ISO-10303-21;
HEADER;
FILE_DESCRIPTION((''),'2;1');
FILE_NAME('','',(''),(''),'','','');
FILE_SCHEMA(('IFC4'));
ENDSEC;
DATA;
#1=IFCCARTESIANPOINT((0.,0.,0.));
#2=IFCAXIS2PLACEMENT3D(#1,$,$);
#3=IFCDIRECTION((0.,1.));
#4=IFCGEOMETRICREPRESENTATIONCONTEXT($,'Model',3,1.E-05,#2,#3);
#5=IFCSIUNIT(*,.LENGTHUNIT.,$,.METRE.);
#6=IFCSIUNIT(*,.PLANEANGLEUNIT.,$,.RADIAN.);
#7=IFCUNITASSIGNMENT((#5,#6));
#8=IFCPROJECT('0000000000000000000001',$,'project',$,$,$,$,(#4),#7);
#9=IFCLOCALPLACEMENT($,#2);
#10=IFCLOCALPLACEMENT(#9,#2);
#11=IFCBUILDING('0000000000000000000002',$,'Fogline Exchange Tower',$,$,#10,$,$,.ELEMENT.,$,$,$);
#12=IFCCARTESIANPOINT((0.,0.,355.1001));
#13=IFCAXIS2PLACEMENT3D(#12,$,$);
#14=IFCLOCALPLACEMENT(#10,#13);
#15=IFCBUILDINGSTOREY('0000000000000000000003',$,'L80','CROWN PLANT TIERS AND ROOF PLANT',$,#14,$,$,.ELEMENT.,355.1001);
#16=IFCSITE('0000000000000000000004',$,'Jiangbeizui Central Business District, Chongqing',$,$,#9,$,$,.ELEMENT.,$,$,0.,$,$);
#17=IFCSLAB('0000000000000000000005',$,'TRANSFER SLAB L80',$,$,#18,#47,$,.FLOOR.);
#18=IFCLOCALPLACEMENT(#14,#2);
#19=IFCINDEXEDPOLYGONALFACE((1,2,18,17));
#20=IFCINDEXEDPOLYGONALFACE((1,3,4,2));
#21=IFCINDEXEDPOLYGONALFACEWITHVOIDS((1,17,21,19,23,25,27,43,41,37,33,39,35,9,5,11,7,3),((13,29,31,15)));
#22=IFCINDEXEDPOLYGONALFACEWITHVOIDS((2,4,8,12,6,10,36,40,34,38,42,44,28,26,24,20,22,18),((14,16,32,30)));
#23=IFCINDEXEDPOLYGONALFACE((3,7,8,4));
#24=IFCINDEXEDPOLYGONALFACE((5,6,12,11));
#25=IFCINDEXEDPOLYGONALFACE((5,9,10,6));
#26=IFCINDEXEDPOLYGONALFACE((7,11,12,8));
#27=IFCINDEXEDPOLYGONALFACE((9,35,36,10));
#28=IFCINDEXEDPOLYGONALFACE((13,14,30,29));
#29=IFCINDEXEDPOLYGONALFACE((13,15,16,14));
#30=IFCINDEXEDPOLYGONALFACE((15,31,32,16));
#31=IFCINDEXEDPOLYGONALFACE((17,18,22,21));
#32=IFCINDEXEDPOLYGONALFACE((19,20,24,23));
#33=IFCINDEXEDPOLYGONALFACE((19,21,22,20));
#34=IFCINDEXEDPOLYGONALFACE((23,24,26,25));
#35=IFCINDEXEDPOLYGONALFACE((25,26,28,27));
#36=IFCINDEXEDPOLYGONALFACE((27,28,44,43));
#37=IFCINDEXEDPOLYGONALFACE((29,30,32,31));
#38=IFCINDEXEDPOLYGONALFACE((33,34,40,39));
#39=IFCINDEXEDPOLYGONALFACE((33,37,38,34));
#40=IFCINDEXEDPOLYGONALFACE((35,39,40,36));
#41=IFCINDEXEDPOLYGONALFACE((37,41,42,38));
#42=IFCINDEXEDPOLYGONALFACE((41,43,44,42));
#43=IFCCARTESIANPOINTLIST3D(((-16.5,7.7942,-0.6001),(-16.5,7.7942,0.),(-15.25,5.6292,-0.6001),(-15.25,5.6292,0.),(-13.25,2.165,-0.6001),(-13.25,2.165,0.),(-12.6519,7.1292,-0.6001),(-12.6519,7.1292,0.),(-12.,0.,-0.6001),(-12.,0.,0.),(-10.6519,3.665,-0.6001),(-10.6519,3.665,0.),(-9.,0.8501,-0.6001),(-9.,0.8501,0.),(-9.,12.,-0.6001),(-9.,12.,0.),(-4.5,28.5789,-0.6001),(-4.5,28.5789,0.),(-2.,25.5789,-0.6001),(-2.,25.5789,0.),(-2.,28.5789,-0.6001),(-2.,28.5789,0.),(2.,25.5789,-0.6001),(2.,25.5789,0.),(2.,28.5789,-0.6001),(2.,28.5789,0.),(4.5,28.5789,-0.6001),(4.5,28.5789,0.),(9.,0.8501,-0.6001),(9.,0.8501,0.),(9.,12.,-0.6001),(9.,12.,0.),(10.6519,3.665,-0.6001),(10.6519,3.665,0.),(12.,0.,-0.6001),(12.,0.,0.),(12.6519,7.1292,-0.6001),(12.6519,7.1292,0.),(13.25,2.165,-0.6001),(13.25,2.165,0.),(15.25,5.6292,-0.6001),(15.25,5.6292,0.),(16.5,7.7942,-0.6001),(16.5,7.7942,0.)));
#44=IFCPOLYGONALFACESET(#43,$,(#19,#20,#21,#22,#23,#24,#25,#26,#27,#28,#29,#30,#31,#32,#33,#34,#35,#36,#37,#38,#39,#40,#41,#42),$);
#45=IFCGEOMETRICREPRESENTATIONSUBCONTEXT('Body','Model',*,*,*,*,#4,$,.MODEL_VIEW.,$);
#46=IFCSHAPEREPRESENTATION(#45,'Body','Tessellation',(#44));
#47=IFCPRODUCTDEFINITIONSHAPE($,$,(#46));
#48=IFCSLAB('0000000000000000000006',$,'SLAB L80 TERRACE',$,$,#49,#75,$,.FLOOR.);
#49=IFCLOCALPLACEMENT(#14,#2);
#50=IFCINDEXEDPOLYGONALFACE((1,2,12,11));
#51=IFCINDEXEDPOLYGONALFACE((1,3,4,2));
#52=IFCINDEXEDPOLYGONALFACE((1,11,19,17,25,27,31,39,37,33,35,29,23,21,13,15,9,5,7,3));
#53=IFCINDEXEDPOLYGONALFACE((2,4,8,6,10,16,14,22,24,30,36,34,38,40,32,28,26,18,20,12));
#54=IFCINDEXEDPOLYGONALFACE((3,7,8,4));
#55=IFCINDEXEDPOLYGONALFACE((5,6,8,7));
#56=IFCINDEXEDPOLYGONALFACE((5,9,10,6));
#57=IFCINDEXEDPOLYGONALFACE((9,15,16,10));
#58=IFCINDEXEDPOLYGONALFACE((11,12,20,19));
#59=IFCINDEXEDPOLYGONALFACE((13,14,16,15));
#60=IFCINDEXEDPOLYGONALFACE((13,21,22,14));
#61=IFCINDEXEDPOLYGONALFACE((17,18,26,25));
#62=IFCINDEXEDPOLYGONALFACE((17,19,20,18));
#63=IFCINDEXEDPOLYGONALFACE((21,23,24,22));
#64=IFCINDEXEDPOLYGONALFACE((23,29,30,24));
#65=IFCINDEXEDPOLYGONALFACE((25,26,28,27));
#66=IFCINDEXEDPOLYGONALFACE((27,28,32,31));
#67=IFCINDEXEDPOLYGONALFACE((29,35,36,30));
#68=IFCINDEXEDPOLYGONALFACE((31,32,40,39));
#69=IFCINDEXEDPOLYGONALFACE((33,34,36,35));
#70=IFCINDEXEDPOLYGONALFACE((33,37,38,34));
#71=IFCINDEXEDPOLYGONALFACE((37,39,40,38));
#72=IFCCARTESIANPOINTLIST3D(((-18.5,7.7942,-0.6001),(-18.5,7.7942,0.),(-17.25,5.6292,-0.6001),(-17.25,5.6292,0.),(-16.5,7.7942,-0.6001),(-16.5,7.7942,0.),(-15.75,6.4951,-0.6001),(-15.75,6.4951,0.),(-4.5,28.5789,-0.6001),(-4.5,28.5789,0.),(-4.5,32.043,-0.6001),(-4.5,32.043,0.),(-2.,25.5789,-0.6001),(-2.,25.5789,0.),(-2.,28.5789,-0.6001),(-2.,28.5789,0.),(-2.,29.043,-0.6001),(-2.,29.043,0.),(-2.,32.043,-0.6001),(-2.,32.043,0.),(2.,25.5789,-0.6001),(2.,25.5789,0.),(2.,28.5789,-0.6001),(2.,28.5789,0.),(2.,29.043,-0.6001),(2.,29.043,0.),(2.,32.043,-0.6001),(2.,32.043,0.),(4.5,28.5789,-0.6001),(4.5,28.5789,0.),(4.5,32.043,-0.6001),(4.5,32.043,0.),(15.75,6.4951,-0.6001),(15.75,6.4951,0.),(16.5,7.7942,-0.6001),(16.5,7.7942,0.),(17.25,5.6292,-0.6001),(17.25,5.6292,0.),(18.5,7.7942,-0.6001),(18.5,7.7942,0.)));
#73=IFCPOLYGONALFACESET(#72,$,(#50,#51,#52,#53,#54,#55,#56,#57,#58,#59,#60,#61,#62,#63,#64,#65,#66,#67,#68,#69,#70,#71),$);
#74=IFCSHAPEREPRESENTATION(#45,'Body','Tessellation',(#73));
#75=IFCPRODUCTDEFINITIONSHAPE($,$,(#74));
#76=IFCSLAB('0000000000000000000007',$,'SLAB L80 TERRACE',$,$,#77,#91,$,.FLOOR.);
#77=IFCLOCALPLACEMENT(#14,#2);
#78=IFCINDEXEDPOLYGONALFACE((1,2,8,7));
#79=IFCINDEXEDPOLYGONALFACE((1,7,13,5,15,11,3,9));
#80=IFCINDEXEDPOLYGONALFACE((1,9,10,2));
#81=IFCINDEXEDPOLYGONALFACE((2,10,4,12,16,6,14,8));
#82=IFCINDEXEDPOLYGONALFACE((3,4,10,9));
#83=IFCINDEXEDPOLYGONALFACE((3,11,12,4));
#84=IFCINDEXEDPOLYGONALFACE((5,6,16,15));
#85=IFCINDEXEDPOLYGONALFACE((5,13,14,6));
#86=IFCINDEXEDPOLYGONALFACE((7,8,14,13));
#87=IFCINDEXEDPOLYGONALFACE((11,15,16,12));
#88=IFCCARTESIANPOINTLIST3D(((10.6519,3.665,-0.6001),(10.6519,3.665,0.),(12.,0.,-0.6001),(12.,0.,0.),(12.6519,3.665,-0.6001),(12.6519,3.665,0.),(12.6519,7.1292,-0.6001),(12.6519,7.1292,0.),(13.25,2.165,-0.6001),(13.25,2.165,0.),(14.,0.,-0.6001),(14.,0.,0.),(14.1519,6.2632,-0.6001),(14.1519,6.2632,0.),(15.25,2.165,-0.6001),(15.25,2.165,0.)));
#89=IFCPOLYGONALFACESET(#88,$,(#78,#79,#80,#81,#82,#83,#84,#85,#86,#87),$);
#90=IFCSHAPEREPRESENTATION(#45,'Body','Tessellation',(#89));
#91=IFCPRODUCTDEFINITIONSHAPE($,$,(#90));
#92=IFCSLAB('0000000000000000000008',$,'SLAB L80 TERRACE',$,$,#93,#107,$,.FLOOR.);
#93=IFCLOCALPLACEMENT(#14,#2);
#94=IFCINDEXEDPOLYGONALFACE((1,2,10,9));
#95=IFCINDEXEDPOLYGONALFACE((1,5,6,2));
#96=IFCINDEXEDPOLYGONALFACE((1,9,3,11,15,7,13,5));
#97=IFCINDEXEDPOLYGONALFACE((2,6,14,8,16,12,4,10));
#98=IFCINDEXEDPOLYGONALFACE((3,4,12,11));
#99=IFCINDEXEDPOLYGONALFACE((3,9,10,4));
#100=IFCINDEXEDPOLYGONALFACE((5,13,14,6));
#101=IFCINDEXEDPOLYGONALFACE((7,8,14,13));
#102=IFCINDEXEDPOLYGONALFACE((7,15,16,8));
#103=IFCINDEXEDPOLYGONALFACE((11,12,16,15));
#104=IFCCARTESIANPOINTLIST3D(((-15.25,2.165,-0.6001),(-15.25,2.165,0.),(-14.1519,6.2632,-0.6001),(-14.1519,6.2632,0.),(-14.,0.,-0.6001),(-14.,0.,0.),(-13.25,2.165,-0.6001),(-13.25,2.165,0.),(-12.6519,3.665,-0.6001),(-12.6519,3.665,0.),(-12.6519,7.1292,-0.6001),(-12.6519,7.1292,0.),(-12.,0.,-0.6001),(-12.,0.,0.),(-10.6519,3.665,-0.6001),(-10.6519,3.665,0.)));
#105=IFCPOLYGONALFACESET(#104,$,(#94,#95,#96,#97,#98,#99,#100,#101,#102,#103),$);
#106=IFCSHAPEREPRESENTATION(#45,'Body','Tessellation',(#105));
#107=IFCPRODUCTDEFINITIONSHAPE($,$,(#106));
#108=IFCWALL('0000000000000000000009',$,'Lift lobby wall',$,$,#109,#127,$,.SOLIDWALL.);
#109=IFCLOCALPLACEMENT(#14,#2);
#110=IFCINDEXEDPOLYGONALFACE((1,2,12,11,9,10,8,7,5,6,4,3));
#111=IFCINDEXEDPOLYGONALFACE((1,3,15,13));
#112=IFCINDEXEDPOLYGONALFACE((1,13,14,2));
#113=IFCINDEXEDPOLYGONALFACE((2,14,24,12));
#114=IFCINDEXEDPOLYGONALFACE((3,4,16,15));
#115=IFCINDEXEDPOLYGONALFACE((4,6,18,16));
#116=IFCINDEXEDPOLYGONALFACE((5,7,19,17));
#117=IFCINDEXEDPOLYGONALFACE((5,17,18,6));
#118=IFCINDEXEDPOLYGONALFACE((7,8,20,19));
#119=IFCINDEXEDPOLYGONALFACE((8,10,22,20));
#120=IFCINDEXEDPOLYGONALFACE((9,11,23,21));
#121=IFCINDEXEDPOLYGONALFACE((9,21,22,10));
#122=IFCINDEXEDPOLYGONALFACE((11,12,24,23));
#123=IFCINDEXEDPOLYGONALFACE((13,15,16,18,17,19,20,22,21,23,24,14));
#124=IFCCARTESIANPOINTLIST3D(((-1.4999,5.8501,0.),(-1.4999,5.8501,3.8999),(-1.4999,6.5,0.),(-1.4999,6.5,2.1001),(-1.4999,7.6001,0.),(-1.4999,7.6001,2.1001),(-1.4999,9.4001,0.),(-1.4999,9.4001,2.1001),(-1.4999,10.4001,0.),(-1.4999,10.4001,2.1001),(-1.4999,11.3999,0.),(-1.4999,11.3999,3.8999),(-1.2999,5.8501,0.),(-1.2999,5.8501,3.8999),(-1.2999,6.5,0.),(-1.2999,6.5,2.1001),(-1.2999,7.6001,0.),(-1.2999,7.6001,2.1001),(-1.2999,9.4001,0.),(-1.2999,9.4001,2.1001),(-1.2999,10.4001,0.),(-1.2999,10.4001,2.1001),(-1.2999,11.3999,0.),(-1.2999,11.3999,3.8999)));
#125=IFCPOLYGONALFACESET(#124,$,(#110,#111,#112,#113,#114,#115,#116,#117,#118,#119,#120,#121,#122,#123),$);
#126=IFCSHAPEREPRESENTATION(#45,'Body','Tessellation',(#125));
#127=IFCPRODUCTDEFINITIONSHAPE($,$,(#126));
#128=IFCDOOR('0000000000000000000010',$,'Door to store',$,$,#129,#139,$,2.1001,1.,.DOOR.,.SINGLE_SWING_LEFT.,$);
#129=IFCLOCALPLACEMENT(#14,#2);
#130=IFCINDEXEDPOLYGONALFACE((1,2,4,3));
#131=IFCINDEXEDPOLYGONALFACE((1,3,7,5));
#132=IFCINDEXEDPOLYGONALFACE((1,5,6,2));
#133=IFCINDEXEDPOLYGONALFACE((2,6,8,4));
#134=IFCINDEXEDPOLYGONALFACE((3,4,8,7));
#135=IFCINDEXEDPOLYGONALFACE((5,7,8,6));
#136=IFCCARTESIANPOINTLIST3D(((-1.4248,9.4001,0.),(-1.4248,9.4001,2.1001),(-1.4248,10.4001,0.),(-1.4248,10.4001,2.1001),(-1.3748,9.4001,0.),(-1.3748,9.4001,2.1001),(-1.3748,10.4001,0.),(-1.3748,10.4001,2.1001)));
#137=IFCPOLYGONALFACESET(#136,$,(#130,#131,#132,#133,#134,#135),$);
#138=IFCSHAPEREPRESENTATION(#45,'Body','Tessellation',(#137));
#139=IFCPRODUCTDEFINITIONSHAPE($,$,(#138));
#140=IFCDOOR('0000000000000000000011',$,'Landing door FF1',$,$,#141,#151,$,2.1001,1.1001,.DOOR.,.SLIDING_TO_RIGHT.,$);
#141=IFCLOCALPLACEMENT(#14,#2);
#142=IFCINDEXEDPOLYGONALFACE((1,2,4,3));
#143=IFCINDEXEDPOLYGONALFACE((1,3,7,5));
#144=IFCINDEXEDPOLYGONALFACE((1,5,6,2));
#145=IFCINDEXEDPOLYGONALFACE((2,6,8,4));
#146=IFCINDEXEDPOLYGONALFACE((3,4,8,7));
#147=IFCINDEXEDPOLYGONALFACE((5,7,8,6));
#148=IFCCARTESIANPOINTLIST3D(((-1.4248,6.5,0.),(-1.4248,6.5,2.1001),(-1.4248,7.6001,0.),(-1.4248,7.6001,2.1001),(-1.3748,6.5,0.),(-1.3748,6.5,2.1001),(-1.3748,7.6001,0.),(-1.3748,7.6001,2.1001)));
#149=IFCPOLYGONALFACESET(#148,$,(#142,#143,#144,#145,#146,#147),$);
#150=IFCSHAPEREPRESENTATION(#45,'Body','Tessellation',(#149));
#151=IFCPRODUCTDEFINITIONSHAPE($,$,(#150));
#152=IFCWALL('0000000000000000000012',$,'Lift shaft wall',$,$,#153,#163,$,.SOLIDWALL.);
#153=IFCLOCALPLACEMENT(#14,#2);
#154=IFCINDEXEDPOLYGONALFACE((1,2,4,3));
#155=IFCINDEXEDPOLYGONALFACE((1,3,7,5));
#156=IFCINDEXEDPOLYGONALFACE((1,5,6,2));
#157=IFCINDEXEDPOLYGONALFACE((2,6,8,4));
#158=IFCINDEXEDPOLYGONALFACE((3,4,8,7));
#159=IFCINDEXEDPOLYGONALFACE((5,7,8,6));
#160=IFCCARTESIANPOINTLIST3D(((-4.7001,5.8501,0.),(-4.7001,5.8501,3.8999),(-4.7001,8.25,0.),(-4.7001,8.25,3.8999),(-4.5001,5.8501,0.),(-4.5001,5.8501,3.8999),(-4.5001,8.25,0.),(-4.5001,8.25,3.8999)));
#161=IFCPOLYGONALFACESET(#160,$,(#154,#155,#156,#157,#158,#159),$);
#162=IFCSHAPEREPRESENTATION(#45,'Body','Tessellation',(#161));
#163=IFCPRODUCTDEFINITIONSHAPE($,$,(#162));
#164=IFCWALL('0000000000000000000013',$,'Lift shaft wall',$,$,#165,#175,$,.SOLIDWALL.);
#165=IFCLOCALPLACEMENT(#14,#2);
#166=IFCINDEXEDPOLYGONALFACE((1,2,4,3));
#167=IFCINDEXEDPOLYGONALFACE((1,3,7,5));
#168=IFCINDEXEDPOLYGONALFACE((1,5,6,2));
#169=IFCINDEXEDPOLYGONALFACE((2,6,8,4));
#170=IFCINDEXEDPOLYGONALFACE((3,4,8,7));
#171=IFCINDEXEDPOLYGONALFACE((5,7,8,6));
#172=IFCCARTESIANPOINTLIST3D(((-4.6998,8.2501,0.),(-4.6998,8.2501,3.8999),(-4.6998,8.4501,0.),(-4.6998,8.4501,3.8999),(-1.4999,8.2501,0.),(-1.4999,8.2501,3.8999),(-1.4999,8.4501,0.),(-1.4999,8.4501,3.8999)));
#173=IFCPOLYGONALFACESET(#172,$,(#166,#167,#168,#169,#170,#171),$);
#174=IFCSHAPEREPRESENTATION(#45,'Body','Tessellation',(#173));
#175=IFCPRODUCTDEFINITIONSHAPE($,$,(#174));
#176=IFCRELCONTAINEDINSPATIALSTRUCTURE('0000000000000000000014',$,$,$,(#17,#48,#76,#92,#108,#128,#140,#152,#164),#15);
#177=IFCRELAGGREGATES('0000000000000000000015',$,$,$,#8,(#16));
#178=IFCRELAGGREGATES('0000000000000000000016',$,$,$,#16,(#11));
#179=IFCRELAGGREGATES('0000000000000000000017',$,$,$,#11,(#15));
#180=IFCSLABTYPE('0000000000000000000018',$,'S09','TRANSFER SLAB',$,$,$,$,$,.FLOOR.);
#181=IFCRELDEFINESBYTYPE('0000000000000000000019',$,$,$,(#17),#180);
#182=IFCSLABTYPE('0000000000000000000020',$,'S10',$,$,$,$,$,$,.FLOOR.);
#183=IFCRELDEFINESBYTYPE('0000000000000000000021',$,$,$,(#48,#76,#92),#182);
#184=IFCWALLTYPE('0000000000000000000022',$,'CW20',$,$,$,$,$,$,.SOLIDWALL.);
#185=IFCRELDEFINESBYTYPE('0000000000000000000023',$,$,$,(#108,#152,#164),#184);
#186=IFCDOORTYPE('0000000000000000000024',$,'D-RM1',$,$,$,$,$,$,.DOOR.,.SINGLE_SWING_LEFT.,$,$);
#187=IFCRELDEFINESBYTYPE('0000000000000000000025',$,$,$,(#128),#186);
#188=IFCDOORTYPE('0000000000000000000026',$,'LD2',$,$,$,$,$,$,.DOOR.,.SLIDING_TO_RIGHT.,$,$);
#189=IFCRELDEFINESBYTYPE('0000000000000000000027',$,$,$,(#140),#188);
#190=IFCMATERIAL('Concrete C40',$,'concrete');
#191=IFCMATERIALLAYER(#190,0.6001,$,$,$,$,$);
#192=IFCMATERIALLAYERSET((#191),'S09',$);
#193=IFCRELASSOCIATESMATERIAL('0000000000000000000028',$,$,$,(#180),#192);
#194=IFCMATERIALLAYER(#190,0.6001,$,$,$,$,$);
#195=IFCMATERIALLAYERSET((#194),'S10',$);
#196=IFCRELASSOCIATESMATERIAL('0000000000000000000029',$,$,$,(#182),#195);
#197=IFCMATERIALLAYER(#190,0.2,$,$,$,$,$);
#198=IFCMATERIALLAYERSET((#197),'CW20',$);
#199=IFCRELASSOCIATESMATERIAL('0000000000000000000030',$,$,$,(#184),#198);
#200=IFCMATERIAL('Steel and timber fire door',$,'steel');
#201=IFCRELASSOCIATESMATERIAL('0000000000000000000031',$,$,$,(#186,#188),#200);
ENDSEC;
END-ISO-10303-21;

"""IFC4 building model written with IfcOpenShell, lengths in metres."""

from ifc_helpers import new_model, si_unit, direction, frame, frame_2d, origin, place, context, subcontext, project, spatial, polyline, rectangle, outline, extrude, material, layer, layer_set, type_object, element, fill, save


model = new_model("IFC4")

# Units and contexts
model_context = context("Model", 3, precision=1e-05, world=origin(), true_north=direction((0.0, 1.0)))
body_context = subcontext(model_context, "Body", "Model", "MODEL_VIEW")
ifc_project = project(units=[si_unit("LENGTHUNIT", "METRE"), si_unit("PLANEANGLEUNIT", "RADIAN")], contexts=[model_context])

# Site, building, storey
site_placement = place(None, origin())
site = spatial("IfcSite", under=ifc_project, at=site_placement, Name="Jiangbeizui Central Business District, Chongqing", CompositionType="ELEMENT", RefElevation=0.0)
building_placement = place(site_placement, origin())
building = spatial("IfcBuilding", under=site, at=building_placement, Name="Fogline Exchange Tower", CompositionType="ELEMENT")
storey_placement = place(building_placement, frame((0.0, 0.0, 355.1001)))
storey = spatial("IfcBuildingStorey", under=building, at=storey_placement, Name="L80", Description="CROWN PLANT TIERS AND ROOF PLANT", CompositionType="ELEMENT", Elevation=355.1001)

# Slabs
ifc_material_1 = material(Name="Concrete C40", Category="concrete")
ifc_layer_1 = layer(ifc_material_1, 0.6001)
ifc_layer_set_1 = layer_set([ifc_layer_1], Name="S09")
slab_type_1 = type_object("IfcSlabType", Name="S09", Description="TRANSFER SLAB", PredefinedType="FLOOR", material=ifc_layer_set_1)
slab_1_placement = place(storey_placement, frame((0.0, 0.0, -0.6001)))
element("IfcSlab", 1, at=slab_1_placement, inside=storey, type_object=slab_type_1, Name="TRANSFER SLAB L80", PredefinedType="FLOOR", context=body_context, shape_type="SweptSolid", body=[
    extrude(outline(polyline([(-4.5, 28.5789), (-16.5, 7.7942), (-15.25, 5.6292), (-12.6519, 7.1292), (-10.6519, 3.665), (-13.25, 2.165), (-12.0, 0.0), (12.0, 0.0), (13.25, 2.165), (10.6519, 3.665), (12.6519, 7.1292), (15.25, 5.6292), (16.5, 7.7942), (4.5, 28.5789), (2.0, 28.5789), (2.0, 25.5789), (-2.0, 25.5789), (-2.0, 28.5789), (-4.5, 28.5789)]), holes=[polyline([(9.0, 0.8501), (-9.0, 0.8501), (-9.0, 12.0), (9.0, 12.0), (9.0, 0.8501)])]), origin(), (0.0, 0.0, 1.0), 0.6001),
])
ifc_layer_2 = layer(ifc_material_1, 0.6001)
ifc_layer_set_2 = layer_set([ifc_layer_2], Name="S10")
slab_type_2 = type_object("IfcSlabType", Name="S10", PredefinedType="FLOOR", material=ifc_layer_set_2)
slab_2_placement = place(storey_placement, frame((0.0, 0.0, -0.6001)))
element("IfcSlab", 2, at=slab_2_placement, inside=storey, type_object=slab_type_2, Name="SLAB L80 TERRACE", PredefinedType="FLOOR", context=body_context, shape_type="SweptSolid", body=[
    extrude(outline(polyline([(-17.25, 5.6292), (-15.75, 6.4951), (-16.5, 7.7942), (-4.5, 28.5789), (-2.0, 28.5789), (-2.0, 25.5789), (2.0, 25.5789), (2.0, 28.5789), (4.5, 28.5789), (16.5, 7.7942), (15.75, 6.4951), (17.25, 5.6292), (18.5, 7.7942), (4.5, 32.043), (2.0, 32.043), (2.0, 29.043), (-2.0, 29.043), (-2.0, 32.043), (-4.5, 32.043), (-18.5, 7.7942), (-17.25, 5.6292)])), origin(), (0.0, 0.0, 1.0), 0.6001),
])
slab_3_placement = place(storey_placement, frame((0.0, 0.0, -0.6001)))
element("IfcSlab", 3, at=slab_3_placement, inside=storey, type_object=slab_type_2, Name="SLAB L80 TERRACE", PredefinedType="FLOOR", context=body_context, shape_type="SweptSolid", body=[
    extrude(outline(polyline([(12.6519, 3.665), (14.1519, 6.2632), (12.6519, 7.1292), (10.6519, 3.665), (13.25, 2.165), (12.0, 0.0), (14.0, 0.0), (15.25, 2.165), (12.6519, 3.665)])), origin(), (0.0, 0.0, 1.0), 0.6001),
])
slab_4_placement = place(storey_placement, frame((0.0, 0.0, -0.6001)))
element("IfcSlab", 4, at=slab_4_placement, inside=storey, type_object=slab_type_2, Name="SLAB L80 TERRACE", PredefinedType="FLOOR", context=body_context, shape_type="SweptSolid", body=[
    extrude(outline(polyline([(-14.0, 0.0), (-12.0, 0.0), (-13.25, 2.165), (-10.6519, 3.665), (-12.6519, 7.1292), (-14.1519, 6.2632), (-12.6519, 3.665), (-15.25, 2.165), (-14.0, 0.0)])), origin(), (0.0, 0.0, 1.0), 0.6001),
])

# Wall, openings, doors
ifc_layer_3 = layer(ifc_material_1, 0.2)
ifc_layer_set_3 = layer_set([ifc_layer_3], Name="CW20")
wall_type_1 = type_object("IfcWallType", Name="CW20", PredefinedType="SOLIDWALL", material=ifc_layer_set_3)
wall_1_placement = place(storey_placement, frame((-1.3999, 5.8501, 0.0), z_axis=(0.0, 0.0, 1.0), x_axis=(0.0, 1.0, 0.0)))
wall_1 = element("IfcWall", 5, at=wall_1_placement, inside=storey, type_object=wall_type_1, Name="Lift lobby wall", PredefinedType="SOLIDWALL", context=body_context, shape_type="SweptSolid", body=[
    extrude(rectangle(XDim=5.5498, YDim=0.2, at=frame_2d((2.7749, 0.0))), origin(), (0.0, 0.0, 1.0), 3.8999),
])
opening_1_placement = place(wall_1_placement, frame((0.6499, 0.0, 0.0)))
opening_1 = element("IfcOpeningElement", 6, at=opening_1_placement, cuts=wall_1, PredefinedType="OPENING", context=body_context, shape_type="SweptSolid", body=[
    extrude(rectangle(XDim=1.1001, YDim=2.1001, at=frame_2d((0.55, 1.05))), frame((0.0, 0.1099, 0.0), z_axis=(0.0, -1.0, 0.0), x_axis=(1.0, 0.0, 0.0)), (0.0, 0.0, 1.0), 0.22),
])
opening_2_placement = place(wall_1_placement, frame((3.55, 0.0, 0.0)))
opening_2 = element("IfcOpeningElement", 7, at=opening_2_placement, cuts=wall_1, PredefinedType="OPENING", context=body_context, shape_type="SweptSolid", body=[
    extrude(rectangle(XDim=1.0, YDim=2.1001, at=frame_2d((0.5, 1.05))), frame((0.0, 0.1099, 0.0), z_axis=(0.0, -1.0, 0.0), x_axis=(1.0, 0.0, 0.0)), (0.0, 0.0, 1.0), 0.22),
])
ifc_material_2 = material(Name="Steel and timber fire door", Category="steel")
door_type_1 = type_object("IfcDoorType", Name="D-RM1", OperationType="SINGLE_SWING_LEFT", PredefinedType="DOOR", material=ifc_material_2)
door_1_placement = place(opening_2_placement, origin())
door_1 = element("IfcDoor", 8, at=door_1_placement, inside=storey, type_object=door_type_1, Name="Door to store", OperationType="SINGLE_SWING_LEFT", OverallHeight=2.1001, OverallWidth=1.0, PredefinedType="DOOR", context=body_context, shape_type="SweptSolid", body=[
    extrude(rectangle(XDim=1.0, YDim=2.1001, at=frame_2d((0.5, 1.05))), frame((0.0, 0.0249, 0.0), z_axis=(0.0, -1.0, 0.0), x_axis=(1.0, 0.0, 0.0)), (0.0, 0.0, 1.0), 0.05),
])
fill(opening_2, door_1)
door_type_2 = type_object("IfcDoorType", Name="LD2", OperationType="SLIDING_TO_RIGHT", PredefinedType="DOOR", material=ifc_material_2)
door_2_placement = place(opening_1_placement, origin())
door_2 = element("IfcDoor", 9, at=door_2_placement, inside=storey, type_object=door_type_2, Name="Landing door FF1", OperationType="SLIDING_TO_RIGHT", OverallHeight=2.1001, OverallWidth=1.1001, PredefinedType="DOOR", context=body_context, shape_type="SweptSolid", body=[
    extrude(rectangle(XDim=1.1001, YDim=2.1001, at=frame_2d((0.55, 1.05))), frame((0.0, 0.0249, 0.0), z_axis=(0.0, -1.0, 0.0), x_axis=(1.0, 0.0, 0.0)), (0.0, 0.0, 1.0), 0.05),
])
fill(opening_1, door_2)

# Walls
wall_2_placement = place(storey_placement, frame((-4.6001, 5.8501, 0.0), z_axis=(0.0, 0.0, 1.0), x_axis=(0.0, 1.0, 0.0)))
element("IfcWall", 10, at=wall_2_placement, inside=storey, type_object=wall_type_1, Name="Lift shaft wall", PredefinedType="SOLIDWALL", context=body_context, shape_type="SweptSolid", body=[
    extrude(rectangle(XDim=2.3999, YDim=0.2, at=frame_2d((1.2, 0.0))), origin(), (0.0, 0.0, 1.0), 3.8999),
])
wall_3_placement = place(storey_placement, frame((-4.7, 8.3501, 0.0), z_axis=(0.0, 0.0, 1.0), x_axis=(1.0, 0.0, 0.0)))
element("IfcWall", 11, at=wall_3_placement, inside=storey, type_object=wall_type_1, Name="Lift shaft wall", PredefinedType="SOLIDWALL", context=body_context, shape_type="SweptSolid", body=[
    extrude(rectangle(XDim=3.2, YDim=0.2, at=frame_2d((1.6001, 0.0))), origin(), (0.0, 0.0, 1.0), 3.8999),
])

save(model, "model.ifc")
